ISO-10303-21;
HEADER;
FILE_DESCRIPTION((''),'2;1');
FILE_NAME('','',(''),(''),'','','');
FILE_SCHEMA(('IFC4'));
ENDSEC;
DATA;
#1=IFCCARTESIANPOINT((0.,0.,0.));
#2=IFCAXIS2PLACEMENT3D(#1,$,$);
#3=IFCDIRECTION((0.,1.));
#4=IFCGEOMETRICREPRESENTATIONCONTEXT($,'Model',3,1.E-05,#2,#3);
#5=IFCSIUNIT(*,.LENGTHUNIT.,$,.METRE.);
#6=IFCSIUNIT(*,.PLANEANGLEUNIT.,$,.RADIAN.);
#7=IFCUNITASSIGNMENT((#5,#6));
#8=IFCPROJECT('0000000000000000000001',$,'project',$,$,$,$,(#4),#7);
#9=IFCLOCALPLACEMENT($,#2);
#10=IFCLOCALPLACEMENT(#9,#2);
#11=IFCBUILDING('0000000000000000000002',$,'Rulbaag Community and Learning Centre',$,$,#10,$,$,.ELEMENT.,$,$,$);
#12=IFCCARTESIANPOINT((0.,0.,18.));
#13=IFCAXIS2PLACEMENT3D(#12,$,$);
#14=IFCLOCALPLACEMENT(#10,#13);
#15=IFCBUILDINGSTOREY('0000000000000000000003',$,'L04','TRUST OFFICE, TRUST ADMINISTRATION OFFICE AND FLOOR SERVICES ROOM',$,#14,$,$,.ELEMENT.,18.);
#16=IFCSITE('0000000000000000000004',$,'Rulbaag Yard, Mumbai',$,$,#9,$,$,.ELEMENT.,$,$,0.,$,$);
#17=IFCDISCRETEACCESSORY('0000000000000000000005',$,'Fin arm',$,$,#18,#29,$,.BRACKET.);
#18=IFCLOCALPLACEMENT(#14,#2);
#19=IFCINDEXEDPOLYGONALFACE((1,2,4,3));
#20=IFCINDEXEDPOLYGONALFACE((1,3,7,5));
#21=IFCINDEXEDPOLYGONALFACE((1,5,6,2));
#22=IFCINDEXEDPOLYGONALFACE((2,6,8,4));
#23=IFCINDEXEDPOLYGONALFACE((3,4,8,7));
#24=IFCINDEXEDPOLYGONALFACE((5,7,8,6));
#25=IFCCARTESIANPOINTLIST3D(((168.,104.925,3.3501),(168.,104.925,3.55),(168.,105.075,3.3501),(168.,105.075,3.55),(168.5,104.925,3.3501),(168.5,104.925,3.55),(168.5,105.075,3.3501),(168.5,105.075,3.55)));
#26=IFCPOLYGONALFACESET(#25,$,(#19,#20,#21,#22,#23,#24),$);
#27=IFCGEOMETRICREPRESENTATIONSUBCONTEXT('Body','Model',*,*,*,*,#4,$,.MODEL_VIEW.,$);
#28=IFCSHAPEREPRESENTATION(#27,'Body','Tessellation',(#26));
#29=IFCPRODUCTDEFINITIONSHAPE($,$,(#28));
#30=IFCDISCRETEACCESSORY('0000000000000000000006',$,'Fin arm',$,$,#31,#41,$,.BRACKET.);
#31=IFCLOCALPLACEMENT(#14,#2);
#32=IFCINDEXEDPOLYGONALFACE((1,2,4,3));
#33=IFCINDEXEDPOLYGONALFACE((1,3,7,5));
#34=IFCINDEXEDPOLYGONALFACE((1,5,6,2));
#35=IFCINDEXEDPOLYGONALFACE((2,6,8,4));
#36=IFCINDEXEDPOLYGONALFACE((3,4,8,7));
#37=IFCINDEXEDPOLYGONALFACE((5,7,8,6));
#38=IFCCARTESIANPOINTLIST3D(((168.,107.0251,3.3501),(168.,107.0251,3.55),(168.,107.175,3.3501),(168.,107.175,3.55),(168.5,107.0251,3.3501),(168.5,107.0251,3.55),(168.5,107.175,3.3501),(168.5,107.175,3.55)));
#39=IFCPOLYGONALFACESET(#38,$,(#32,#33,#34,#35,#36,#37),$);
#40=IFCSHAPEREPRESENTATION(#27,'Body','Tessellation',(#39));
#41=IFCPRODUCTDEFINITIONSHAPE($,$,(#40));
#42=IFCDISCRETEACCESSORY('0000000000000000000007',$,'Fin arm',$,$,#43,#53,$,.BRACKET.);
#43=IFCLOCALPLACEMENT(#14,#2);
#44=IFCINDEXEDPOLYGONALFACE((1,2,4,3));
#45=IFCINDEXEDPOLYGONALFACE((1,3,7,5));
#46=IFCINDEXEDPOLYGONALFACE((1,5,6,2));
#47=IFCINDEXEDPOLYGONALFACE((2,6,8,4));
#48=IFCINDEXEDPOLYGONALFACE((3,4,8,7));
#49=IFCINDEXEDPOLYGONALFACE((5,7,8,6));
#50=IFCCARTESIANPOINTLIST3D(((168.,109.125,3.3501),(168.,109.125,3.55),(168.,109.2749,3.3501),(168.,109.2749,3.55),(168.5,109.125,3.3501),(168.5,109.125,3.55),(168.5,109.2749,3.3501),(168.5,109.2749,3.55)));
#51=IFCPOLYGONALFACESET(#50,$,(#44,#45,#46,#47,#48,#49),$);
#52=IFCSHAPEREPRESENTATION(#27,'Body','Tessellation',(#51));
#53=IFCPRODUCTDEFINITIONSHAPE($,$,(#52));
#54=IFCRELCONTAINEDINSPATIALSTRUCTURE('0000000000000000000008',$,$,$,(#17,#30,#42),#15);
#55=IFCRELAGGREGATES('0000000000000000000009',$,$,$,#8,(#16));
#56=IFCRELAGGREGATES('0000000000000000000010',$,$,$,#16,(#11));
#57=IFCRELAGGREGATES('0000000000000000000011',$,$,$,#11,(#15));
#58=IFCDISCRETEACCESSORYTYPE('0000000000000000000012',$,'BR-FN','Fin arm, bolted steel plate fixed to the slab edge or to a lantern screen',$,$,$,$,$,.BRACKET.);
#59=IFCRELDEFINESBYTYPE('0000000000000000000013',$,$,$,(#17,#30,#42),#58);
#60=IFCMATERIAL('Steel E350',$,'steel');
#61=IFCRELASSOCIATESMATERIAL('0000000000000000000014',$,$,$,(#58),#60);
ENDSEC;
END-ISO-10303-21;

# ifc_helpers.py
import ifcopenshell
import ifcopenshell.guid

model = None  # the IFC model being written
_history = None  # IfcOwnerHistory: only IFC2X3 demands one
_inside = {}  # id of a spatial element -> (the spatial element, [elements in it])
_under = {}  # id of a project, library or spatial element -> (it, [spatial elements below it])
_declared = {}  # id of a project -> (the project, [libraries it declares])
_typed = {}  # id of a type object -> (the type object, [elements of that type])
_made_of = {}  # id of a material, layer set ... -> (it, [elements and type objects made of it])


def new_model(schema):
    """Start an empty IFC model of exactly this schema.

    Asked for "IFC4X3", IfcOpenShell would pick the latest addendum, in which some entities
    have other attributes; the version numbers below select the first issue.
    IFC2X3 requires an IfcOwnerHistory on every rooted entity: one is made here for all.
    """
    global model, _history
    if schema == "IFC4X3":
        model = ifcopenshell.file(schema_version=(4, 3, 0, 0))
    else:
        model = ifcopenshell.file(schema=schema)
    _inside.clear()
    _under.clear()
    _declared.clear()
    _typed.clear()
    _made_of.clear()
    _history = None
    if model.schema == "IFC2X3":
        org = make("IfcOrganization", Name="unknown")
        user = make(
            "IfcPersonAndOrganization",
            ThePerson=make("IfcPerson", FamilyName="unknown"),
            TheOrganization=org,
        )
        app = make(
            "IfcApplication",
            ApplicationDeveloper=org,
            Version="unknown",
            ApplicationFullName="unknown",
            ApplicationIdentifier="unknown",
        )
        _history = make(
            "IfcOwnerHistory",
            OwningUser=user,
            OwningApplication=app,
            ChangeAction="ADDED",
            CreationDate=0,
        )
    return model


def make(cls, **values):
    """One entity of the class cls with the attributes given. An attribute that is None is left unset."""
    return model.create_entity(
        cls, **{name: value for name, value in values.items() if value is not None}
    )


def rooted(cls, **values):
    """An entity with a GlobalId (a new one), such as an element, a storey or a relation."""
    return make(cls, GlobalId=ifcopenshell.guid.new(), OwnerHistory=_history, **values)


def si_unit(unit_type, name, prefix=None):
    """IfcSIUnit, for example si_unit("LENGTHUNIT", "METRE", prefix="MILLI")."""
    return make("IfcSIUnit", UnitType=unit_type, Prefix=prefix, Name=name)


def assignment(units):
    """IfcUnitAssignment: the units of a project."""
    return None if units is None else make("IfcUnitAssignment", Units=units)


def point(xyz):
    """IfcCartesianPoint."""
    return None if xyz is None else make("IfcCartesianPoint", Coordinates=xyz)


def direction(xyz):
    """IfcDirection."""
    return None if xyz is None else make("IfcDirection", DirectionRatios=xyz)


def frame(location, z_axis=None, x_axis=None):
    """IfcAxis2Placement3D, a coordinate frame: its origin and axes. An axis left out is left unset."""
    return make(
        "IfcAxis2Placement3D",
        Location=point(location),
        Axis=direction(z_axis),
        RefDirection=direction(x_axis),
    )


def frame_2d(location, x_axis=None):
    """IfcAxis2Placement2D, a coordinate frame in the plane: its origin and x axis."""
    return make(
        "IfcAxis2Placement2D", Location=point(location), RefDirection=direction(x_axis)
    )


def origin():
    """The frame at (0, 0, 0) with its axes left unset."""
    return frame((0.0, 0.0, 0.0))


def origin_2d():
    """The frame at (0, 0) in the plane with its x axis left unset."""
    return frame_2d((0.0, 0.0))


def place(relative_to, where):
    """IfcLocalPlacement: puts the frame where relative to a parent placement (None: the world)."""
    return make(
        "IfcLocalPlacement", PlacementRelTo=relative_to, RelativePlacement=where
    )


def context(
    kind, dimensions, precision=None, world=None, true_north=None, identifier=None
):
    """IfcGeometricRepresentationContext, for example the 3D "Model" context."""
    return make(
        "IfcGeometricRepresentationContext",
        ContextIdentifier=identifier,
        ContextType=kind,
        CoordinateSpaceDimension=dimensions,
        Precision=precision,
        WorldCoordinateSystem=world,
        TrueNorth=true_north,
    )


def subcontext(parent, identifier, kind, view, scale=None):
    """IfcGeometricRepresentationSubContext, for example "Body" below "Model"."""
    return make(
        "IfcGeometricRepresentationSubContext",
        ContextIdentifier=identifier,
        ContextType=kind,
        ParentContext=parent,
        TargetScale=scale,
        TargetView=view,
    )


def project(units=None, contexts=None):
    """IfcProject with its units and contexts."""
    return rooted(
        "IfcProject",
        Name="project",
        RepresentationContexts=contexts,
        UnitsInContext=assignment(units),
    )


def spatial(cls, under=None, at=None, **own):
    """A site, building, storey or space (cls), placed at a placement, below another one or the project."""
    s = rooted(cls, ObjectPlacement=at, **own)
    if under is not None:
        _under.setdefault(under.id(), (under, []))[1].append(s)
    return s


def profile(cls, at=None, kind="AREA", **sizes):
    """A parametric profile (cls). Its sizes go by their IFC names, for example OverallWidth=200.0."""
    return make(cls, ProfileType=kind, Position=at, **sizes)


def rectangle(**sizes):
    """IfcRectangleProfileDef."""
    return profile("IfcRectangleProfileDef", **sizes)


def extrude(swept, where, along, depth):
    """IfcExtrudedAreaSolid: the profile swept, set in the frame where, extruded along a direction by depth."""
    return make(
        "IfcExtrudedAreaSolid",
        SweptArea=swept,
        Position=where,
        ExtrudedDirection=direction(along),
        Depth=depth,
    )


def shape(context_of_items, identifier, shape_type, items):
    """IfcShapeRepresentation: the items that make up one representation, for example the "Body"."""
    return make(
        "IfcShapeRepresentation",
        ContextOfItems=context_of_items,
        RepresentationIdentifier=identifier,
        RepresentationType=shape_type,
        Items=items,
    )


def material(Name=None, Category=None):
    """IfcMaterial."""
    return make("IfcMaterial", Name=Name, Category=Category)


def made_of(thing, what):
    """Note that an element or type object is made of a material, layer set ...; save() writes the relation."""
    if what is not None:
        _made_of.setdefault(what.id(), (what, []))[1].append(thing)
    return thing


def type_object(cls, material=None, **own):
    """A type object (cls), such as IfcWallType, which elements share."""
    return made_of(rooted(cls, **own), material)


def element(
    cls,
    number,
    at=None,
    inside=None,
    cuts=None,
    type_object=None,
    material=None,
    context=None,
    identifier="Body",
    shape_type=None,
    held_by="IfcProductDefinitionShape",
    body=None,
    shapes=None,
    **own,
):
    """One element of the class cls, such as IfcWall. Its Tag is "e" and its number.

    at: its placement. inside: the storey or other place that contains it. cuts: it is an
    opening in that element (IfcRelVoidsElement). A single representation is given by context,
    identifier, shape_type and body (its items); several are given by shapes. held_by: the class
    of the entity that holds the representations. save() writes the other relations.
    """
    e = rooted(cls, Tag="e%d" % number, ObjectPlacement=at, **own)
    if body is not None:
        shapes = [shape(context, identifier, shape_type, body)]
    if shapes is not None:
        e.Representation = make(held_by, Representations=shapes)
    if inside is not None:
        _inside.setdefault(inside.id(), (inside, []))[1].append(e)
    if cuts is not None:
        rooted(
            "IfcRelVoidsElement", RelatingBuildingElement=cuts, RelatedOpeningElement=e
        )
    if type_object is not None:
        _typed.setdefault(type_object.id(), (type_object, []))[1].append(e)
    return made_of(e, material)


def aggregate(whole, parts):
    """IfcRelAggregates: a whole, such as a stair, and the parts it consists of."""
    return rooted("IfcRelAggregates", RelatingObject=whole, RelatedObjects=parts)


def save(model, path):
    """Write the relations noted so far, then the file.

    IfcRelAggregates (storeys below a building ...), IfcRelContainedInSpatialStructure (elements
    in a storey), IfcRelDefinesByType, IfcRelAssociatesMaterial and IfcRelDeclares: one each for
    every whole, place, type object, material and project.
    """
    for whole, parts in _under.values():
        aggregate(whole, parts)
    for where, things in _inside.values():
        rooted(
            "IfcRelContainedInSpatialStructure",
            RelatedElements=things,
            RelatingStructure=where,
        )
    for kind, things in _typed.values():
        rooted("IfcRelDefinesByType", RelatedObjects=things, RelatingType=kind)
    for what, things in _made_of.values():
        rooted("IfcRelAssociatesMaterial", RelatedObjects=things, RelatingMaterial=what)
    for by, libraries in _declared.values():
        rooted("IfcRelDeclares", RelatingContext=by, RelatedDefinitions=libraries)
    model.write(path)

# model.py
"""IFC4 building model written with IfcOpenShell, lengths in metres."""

from ifc_helpers import new_model, si_unit, direction, frame, origin, origin_2d, place, context, subcontext, project, spatial, rectangle, extrude, material, type_object, element, save


model = new_model("IFC4")

# Units and contexts
model_context = context("Model", 3, precision=1e-05, world=origin(), true_north=direction((0.0, 1.0)))
body_context = subcontext(model_context, "Body", "Model", "MODEL_VIEW")
ifc_project = project(units=[si_unit("LENGTHUNIT", "METRE"), si_unit("PLANEANGLEUNIT", "RADIAN")], contexts=[model_context])

# Site, building, storey
site_placement = place(None, origin())
site = spatial("IfcSite", under=ifc_project, at=site_placement, Name="Rulbaag Yard, Mumbai", CompositionType="ELEMENT", RefElevation=0.0)
building_placement = place(site_placement, origin())
building = spatial("IfcBuilding", under=site, at=building_placement, Name="Rulbaag Community and Learning Centre", CompositionType="ELEMENT")
storey_placement = place(building_placement, frame((0.0, 0.0, 18.0)))
storey = spatial("IfcBuildingStorey", under=building, at=storey_placement, Name="L04", Description="TRUST OFFICE, TRUST ADMINISTRATION OFFICE AND FLOOR SERVICES ROOM", CompositionType="ELEMENT", Elevation=18.0)

# Discrete accessories
ifc_material_1 = material(Name="Steel E350", Category="steel")
discrete_accessory_type = type_object("IfcDiscreteAccessoryType", Name="BR-FN", Description="Fin arm, bolted steel plate fixed to the slab edge or to a lantern screen", PredefinedType="BRACKET", material=ifc_material_1)
for number, where, z_axis, x_axis, name in (
    (1, (168.25, 105.0, 3.3501), (0.0, 0.0, 1.0), (1.0, 0.0, 0.0), "Fin arm"),
    (2, (168.25, 107.1001, 3.3501), (0.0, 0.0, 1.0), (1.0, 0.0, 0.0), "Fin arm"),
    (3, (168.25, 109.2, 3.3501), (0.0, 0.0, 1.0), (1.0, 0.0, 0.0), "Fin arm"),
):
    element("IfcDiscreteAccessory", number, at=place(storey_placement, frame(where, z_axis=z_axis, x_axis=x_axis)), inside=storey, type_object=discrete_accessory_type, Name=name, PredefinedType="BRACKET", context=body_context, shape_type="SweptSolid", body=[
        extrude(rectangle(XDim=0.5, YDim=0.1499, at=origin_2d()), origin(), (0.0, 0.0, 1.0), 0.2),
    ])

save(model, "model.ifc")
